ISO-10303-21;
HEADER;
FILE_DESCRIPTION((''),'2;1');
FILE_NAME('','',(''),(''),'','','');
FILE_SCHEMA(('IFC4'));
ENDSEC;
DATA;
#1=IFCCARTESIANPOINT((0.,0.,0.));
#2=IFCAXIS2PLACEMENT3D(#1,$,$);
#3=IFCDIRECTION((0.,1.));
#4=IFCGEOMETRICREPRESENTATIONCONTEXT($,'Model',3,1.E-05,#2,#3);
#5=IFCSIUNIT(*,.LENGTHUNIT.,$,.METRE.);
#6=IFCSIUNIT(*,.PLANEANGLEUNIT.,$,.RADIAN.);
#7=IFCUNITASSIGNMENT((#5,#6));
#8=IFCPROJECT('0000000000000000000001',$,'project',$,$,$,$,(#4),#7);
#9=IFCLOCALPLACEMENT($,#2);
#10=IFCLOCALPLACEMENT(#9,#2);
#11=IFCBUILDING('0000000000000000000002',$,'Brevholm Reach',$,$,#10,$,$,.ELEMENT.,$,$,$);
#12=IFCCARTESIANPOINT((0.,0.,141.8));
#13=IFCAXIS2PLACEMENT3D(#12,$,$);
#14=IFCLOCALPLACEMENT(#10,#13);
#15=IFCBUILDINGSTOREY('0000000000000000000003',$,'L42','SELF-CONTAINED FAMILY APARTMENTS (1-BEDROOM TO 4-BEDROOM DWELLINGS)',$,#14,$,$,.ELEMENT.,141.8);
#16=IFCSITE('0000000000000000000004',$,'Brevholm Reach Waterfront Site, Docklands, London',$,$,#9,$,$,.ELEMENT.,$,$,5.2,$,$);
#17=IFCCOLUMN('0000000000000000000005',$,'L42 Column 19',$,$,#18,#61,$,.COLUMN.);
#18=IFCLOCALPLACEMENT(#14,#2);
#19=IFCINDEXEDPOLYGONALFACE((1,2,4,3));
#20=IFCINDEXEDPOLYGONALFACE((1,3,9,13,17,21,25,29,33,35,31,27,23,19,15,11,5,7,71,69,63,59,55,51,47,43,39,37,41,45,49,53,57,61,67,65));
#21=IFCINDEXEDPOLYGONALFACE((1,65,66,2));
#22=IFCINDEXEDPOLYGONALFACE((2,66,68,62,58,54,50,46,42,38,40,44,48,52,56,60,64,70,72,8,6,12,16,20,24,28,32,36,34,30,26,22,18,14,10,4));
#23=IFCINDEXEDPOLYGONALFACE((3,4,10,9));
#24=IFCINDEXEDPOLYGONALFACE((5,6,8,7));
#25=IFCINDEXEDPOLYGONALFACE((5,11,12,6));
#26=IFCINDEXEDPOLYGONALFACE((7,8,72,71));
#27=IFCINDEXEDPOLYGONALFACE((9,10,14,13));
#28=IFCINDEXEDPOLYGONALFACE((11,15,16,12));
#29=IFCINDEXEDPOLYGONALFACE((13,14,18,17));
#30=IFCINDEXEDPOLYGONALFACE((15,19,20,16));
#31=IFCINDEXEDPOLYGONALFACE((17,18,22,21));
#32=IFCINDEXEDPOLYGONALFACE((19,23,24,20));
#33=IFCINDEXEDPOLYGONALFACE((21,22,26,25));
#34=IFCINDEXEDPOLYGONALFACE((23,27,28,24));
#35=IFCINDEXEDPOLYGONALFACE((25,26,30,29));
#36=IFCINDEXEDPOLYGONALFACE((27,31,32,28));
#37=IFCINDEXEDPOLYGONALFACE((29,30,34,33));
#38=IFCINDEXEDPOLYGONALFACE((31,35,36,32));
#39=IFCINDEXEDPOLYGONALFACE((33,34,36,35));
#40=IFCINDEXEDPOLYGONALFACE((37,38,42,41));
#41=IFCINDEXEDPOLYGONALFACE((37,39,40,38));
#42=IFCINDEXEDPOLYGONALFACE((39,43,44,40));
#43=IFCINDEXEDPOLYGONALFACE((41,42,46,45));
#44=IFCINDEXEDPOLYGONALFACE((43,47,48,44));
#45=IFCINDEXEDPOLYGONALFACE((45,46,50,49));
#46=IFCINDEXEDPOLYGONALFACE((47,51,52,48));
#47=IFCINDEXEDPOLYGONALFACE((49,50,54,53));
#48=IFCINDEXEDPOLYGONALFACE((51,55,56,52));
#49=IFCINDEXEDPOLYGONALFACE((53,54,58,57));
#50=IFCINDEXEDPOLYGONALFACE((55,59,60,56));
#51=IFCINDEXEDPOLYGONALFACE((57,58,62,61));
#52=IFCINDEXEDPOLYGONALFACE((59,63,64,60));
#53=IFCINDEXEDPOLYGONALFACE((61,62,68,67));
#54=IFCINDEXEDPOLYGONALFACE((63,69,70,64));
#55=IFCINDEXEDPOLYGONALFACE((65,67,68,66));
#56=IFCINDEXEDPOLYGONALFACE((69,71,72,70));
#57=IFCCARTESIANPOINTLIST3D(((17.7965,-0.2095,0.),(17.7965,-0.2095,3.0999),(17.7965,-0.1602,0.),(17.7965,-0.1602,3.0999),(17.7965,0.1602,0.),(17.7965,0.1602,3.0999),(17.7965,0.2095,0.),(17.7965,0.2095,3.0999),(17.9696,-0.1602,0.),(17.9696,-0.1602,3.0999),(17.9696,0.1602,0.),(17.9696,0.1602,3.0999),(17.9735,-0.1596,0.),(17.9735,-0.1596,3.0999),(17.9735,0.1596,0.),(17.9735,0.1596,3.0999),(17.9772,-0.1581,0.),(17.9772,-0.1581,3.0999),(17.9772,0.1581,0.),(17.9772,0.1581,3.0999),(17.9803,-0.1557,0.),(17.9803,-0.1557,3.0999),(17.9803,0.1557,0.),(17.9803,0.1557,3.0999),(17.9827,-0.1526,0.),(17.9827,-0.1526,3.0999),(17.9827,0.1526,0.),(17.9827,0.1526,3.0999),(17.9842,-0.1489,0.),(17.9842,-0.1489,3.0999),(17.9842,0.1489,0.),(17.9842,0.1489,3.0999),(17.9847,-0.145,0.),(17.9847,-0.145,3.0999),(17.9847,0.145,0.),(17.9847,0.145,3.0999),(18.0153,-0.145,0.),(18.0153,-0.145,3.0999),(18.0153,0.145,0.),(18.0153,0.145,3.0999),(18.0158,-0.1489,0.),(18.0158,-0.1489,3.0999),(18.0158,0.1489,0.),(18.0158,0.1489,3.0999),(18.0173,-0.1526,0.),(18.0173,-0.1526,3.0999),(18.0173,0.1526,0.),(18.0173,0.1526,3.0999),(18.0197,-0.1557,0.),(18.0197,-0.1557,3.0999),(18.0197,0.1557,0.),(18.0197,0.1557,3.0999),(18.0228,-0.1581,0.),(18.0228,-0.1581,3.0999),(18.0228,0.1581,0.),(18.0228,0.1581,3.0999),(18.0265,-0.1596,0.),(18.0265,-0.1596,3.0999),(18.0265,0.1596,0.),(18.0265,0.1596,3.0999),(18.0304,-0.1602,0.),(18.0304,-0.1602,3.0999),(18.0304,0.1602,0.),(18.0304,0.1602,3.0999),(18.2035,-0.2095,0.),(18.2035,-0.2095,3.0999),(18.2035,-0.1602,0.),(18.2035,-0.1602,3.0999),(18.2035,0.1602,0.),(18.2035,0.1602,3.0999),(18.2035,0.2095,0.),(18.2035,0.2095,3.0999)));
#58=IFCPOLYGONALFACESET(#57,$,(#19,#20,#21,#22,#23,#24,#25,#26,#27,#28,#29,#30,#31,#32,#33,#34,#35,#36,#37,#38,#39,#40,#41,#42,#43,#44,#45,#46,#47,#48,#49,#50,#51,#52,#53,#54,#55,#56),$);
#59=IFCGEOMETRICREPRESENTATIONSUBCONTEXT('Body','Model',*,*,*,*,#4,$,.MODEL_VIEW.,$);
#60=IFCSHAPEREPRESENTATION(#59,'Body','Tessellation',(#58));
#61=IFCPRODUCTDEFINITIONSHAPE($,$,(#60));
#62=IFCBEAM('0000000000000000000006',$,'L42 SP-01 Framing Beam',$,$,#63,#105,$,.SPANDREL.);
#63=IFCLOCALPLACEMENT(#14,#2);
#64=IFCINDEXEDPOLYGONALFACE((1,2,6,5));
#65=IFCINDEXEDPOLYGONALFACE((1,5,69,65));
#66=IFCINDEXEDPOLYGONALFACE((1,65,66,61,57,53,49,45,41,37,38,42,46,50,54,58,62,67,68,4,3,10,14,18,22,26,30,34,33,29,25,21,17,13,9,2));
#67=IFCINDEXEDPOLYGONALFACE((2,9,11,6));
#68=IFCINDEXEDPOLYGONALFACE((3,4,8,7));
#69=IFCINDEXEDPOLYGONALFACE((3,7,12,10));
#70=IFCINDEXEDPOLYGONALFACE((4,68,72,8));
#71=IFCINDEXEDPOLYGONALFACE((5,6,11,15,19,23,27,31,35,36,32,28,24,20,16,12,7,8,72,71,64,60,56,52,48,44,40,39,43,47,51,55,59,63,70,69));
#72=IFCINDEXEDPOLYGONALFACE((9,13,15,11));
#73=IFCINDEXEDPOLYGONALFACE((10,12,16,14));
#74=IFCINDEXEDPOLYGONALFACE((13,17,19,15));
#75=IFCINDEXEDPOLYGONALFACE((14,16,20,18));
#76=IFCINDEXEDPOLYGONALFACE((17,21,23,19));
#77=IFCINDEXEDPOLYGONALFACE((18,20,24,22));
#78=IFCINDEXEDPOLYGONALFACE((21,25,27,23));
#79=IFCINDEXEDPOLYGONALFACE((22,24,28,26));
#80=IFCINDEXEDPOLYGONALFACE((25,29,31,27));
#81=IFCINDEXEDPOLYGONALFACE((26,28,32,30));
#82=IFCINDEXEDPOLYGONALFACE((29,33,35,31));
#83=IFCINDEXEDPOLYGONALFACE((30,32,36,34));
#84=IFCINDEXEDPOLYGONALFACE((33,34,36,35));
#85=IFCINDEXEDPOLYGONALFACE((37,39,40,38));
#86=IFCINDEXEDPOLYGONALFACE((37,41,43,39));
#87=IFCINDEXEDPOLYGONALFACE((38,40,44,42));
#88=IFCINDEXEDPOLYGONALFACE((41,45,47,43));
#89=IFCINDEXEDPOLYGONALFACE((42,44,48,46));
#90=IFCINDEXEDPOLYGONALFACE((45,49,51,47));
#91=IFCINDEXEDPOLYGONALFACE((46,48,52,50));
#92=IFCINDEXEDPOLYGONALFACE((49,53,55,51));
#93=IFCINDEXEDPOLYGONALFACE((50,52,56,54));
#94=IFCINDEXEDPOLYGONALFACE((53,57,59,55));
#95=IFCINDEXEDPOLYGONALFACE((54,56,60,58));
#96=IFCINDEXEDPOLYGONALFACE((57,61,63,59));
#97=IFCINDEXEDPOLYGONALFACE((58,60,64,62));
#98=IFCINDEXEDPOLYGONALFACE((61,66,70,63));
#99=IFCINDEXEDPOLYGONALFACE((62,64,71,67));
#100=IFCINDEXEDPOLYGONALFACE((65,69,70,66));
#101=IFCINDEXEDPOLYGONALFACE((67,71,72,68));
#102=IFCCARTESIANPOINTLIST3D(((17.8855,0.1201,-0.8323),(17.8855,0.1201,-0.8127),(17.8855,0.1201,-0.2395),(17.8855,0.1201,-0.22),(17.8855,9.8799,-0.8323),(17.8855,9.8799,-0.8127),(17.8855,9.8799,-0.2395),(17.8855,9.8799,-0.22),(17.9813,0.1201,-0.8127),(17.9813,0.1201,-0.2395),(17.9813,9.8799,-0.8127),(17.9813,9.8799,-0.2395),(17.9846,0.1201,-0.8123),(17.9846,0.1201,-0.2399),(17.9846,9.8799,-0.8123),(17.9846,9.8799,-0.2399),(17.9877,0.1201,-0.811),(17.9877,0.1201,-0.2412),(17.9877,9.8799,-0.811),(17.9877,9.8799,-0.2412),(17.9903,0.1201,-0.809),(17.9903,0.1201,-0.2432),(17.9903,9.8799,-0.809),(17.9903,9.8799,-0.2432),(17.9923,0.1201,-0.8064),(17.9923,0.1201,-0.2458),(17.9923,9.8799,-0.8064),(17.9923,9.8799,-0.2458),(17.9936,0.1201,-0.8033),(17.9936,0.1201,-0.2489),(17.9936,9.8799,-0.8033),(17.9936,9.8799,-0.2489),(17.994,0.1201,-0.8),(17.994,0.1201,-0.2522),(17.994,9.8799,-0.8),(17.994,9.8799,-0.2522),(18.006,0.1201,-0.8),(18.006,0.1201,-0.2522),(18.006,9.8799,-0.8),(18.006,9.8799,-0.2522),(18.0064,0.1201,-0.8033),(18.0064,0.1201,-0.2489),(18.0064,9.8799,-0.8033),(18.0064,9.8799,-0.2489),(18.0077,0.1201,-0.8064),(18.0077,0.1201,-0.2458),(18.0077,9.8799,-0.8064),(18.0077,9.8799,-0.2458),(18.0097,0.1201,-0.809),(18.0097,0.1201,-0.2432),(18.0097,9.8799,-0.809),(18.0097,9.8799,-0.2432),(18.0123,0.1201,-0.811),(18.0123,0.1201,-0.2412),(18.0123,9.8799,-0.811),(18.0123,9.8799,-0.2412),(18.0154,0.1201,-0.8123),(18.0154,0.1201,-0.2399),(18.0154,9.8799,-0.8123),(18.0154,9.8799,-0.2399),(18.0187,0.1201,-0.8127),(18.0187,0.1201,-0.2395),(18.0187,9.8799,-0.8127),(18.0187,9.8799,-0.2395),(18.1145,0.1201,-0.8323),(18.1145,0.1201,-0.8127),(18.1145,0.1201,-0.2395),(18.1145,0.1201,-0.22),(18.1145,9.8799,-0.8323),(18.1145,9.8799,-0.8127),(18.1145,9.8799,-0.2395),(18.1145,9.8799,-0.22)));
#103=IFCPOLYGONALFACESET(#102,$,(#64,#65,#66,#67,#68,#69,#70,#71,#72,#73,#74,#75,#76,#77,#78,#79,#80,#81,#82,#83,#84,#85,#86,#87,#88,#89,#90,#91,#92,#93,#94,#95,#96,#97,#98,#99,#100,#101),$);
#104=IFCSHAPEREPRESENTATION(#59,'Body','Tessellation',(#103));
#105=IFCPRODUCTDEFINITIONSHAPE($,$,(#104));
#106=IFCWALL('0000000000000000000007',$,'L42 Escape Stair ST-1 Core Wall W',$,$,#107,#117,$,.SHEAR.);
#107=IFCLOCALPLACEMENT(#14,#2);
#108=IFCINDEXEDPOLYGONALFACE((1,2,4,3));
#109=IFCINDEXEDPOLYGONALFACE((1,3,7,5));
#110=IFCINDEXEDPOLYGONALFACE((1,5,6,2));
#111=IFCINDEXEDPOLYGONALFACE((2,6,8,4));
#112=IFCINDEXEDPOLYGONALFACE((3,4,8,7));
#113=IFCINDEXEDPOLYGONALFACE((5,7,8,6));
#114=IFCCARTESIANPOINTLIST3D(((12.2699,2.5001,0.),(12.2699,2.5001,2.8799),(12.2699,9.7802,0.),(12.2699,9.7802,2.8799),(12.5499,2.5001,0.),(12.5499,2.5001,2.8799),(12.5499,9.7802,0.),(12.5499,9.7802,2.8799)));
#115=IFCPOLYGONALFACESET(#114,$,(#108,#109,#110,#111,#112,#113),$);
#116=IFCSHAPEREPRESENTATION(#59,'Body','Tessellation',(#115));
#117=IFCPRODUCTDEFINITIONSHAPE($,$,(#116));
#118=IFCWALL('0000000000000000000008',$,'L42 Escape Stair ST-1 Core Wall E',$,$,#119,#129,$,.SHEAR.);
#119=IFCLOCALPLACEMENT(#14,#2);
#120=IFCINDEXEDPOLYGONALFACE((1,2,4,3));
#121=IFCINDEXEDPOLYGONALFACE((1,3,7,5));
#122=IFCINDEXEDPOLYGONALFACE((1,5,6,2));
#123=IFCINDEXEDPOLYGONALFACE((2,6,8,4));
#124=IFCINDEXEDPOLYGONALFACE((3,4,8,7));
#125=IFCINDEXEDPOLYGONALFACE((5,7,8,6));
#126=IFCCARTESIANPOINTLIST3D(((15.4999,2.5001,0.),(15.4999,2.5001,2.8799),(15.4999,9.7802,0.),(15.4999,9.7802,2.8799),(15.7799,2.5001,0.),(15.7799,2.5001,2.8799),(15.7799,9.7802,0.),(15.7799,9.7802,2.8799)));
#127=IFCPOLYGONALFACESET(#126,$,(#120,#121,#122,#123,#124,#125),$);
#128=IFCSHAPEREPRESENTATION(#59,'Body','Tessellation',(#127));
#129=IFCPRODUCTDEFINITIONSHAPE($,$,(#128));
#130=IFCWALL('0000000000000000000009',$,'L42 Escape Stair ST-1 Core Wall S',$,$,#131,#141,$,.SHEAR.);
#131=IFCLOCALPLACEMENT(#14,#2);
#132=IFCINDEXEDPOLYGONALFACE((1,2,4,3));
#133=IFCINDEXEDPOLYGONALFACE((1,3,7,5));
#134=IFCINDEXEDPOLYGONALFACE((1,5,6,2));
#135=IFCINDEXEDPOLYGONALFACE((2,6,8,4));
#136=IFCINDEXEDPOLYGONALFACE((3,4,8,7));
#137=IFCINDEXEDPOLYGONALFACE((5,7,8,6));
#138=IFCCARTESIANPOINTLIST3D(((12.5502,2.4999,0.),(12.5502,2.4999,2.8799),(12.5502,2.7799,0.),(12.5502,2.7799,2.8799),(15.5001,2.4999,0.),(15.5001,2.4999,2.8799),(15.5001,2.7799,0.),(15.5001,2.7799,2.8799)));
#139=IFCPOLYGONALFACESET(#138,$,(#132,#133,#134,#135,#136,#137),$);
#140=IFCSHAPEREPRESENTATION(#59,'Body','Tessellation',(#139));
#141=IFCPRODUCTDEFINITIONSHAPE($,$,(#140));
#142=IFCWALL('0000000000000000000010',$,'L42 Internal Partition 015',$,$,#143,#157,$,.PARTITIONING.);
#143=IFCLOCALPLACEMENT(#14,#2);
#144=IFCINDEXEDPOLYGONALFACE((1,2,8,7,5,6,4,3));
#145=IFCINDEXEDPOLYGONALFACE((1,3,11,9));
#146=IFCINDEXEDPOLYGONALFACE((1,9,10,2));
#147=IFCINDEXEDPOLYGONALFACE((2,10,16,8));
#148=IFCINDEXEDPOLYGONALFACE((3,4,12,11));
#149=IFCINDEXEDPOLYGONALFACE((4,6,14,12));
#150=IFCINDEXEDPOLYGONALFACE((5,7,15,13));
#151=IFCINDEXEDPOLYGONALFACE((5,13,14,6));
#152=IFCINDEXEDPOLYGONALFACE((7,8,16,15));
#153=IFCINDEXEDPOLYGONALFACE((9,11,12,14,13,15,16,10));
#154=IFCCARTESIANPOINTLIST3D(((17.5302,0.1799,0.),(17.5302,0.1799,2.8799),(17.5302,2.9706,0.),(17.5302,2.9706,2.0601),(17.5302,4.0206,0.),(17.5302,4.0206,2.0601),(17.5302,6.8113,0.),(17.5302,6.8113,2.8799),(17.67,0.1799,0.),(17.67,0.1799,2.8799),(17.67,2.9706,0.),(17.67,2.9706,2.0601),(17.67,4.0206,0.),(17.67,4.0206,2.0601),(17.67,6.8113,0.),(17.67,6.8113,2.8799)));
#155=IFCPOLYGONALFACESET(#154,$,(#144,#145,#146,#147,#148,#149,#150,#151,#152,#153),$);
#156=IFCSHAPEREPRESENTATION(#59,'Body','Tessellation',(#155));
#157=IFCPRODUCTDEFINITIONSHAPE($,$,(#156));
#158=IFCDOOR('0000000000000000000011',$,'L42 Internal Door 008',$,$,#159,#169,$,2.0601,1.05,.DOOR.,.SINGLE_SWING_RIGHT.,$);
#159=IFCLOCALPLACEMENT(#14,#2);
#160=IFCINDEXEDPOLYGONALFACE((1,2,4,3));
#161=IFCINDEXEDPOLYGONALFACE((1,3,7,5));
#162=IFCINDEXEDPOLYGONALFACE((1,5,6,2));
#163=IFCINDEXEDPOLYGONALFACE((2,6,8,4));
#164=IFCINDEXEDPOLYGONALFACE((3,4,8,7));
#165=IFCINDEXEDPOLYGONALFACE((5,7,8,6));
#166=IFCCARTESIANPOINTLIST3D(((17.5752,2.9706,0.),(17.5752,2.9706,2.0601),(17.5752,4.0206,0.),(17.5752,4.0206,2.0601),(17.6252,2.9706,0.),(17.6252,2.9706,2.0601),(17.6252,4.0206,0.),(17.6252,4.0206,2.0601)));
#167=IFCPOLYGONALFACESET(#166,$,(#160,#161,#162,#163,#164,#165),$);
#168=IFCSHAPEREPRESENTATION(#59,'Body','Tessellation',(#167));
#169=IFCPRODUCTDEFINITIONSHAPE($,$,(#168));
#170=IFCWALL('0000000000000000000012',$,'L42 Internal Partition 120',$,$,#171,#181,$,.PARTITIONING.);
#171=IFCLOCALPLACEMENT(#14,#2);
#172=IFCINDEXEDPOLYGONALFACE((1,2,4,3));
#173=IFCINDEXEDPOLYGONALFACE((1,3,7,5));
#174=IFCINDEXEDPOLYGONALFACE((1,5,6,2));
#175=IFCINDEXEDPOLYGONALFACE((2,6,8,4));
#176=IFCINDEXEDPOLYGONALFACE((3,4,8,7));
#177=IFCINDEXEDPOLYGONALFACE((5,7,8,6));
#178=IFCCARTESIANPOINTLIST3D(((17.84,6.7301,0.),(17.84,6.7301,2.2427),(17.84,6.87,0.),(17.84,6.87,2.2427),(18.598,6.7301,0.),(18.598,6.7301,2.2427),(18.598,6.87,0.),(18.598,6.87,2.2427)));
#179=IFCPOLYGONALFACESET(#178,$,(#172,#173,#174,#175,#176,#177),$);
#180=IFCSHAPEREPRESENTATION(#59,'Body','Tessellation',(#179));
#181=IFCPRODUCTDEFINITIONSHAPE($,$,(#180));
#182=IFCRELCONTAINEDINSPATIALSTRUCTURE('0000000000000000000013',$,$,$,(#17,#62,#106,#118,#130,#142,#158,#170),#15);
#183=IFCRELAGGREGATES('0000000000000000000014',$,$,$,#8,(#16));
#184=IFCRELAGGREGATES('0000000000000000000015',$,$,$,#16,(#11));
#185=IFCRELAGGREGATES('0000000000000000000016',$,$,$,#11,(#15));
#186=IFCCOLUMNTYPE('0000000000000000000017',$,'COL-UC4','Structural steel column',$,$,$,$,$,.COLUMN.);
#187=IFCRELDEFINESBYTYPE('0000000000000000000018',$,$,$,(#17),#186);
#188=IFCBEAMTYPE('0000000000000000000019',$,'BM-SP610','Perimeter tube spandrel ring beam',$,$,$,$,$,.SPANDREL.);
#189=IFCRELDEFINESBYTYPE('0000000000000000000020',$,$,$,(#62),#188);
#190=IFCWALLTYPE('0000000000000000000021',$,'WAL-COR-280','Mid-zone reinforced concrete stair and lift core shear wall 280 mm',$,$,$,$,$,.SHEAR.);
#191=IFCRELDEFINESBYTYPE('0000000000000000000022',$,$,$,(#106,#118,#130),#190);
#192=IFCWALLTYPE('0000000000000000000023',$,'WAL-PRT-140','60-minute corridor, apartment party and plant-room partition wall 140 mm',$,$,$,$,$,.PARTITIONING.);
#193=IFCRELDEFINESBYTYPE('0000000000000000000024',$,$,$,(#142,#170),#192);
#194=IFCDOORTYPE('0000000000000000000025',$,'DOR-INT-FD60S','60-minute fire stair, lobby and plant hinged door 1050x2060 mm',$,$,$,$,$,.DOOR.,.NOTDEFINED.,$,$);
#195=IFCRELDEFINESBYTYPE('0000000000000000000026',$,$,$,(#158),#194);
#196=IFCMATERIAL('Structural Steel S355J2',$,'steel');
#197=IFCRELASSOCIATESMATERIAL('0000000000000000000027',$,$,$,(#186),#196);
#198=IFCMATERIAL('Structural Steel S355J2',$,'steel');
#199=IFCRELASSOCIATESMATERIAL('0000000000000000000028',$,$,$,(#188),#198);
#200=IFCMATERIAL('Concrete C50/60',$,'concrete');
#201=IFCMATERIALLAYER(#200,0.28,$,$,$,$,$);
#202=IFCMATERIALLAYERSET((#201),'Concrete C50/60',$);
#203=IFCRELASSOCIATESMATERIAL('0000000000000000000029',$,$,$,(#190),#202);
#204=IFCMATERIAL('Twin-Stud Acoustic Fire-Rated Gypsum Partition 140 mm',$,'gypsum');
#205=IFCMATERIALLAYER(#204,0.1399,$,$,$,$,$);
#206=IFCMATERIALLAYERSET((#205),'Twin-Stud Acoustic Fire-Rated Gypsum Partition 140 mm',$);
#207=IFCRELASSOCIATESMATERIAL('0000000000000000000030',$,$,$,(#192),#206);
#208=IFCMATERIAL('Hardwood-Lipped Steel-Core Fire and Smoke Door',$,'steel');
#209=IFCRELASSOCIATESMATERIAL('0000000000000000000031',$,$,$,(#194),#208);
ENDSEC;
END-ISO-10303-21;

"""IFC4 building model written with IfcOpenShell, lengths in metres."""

from ifc_helpers import new_model, si_unit, direction, frame, frame_2d, origin, origin_2d, place, context, subcontext, project, spatial, rectangle, i_section, extrude, material, layer, layer_set, material_profile, profile_set, type_object, element, fill, save


model = new_model("IFC4")

# Units and contexts
model_context = context("Model", 3, precision=1e-05, world=origin(), true_north=direction((0.0, 1.0)))
body_context = subcontext(model_context, "Body", "Model", "MODEL_VIEW")
ifc_project = project(units=[si_unit("LENGTHUNIT", "METRE"), si_unit("PLANEANGLEUNIT", "RADIAN")], contexts=[model_context])

# Site, building, storey
site_placement = place(None, origin())
site = spatial("IfcSite", under=ifc_project, at=site_placement, Name="Brevholm Reach Waterfront Site, Docklands, London", CompositionType="ELEMENT", RefElevation=5.2)
building_placement = place(site_placement, origin())
building = spatial("IfcBuilding", under=site, at=building_placement, Name="Brevholm Reach", CompositionType="ELEMENT")
storey_placement = place(building_placement, frame((0.0, 0.0, 141.8)))
storey = spatial("IfcBuildingStorey", under=building, at=storey_placement, Name="L42", Description="SELF-CONTAINED FAMILY APARTMENTS (1-BEDROOM TO 4-BEDROOM DWELLINGS)", CompositionType="ELEMENT", Elevation=141.8)

# Column
ifc_material_1 = material(Name="Structural Steel S355J2", Category="steel")
ifc_material_profile_1 = material_profile(ifc_material_1, i_section(OverallWidth=0.407, OverallDepth=0.4189, WebThickness=0.0305, FlangeThickness=0.0493, FilletRadius=0.0151, at=origin_2d()), Name="UKC 356x406x393")
ifc_profile_set_1 = profile_set([ifc_material_profile_1], Name="Structural Steel S355J2")
column_type = type_object("IfcColumnType", Name="COL-UC4", Description="Structural steel column", PredefinedType="COLUMN", material=ifc_profile_set_1)
column_placement = place(storey_placement, frame((18.0, 0.0, 0.0), z_axis=(0.0, 0.0, 1.0), x_axis=(1.0, 0.0, 0.0)))
element("IfcColumn", 1, at=column_placement, inside=storey, type_object=column_type, Name="L42 Column 19", PredefinedType="COLUMN", context=body_context, shape_type="SweptSolid", body=[
    extrude(i_section(OverallWidth=0.407, OverallDepth=0.4189, WebThickness=0.0305, FlangeThickness=0.0493, FilletRadius=0.0151, at=origin_2d()), origin(), (0.0, 0.0, 1.0), 3.0999),
])

# Beam
ifc_material_2 = material(Name="Structural Steel S355J2", Category="steel")
ifc_material_profile_2 = material_profile(ifc_material_2, i_section(OverallWidth=0.229, OverallDepth=0.6123, WebThickness=0.012, FlangeThickness=0.0195, FilletRadius=0.0127, at=origin_2d()), Name="UKB 610x229x125")
ifc_profile_set_2 = profile_set([ifc_material_profile_2], Name="Structural Steel S355J2")
beam_type = type_object("IfcBeamType", Name="BM-SP610", Description="Perimeter tube spandrel ring beam", PredefinedType="SPANDREL", material=ifc_profile_set_2)
beam_placement = place(storey_placement, frame((18.0, 0.1201, -0.5261), z_axis=(0.0, 1.0, 0.0), x_axis=(-1.0, 0.0, 0.0)))
element("IfcBeam", 2, at=beam_placement, inside=storey, type_object=beam_type, Name="L42 SP-01 Framing Beam", PredefinedType="SPANDREL", context=body_context, shape_type="SweptSolid", body=[
    extrude(i_section(OverallWidth=0.229, OverallDepth=0.6123, WebThickness=0.012, FlangeThickness=0.0195, FilletRadius=0.0127, at=origin_2d()), origin(), (0.0, 0.0, 1.0), 9.7598),
])

# Walls
ifc_material_3 = material(Name="Concrete C50/60", Category="concrete")
ifc_layer_1 = layer(ifc_material_3, 0.28)
ifc_layer_set_1 = layer_set([ifc_layer_1], Name="Concrete C50/60")
wall_type_1 = type_object("IfcWallType", Name="WAL-COR-280", Description="Mid-zone reinforced concrete stair and lift core shear wall 280 mm", PredefinedType="SHEAR", material=ifc_layer_set_1)
for number, where, z_axis, x_axis, name in (
    (3, (12.4099, 2.5, 0.0), (0.0, 0.0, 1.0), (0.0, 1.0, 0.0), "L42 Escape Stair ST-1 Core Wall W"),
    (4, (15.6399, 2.5, 0.0), (0.0, 0.0, 1.0), (0.0, 1.0, 0.0), "L42 Escape Stair ST-1 Core Wall E"),
):
    element("IfcWall", number, at=place(storey_placement, frame(where, z_axis=z_axis, x_axis=x_axis)), inside=storey, type_object=wall_type_1, Name=name, PredefinedType="SHEAR", context=body_context, shape_type="SweptSolid", body=[
        extrude(rectangle(XDim=7.28, YDim=0.28, at=frame_2d((3.6401, 0.0))), origin(), (0.0, 0.0, 1.0), 2.8799),
    ])
wall_1_placement = place(storey_placement, frame((12.55, 2.6399, 0.0), z_axis=(0.0, 0.0, 1.0), x_axis=(1.0, 0.0, 0.0)))
element("IfcWall", 5, at=wall_1_placement, inside=storey, type_object=wall_type_1, Name="L42 Escape Stair ST-1 Core Wall S", PredefinedType="SHEAR", context=body_context, shape_type="SweptSolid", body=[
    extrude(rectangle(XDim=2.95, YDim=0.28, at=frame_2d((1.4751, 0.0))), origin(), (0.0, 0.0, 1.0), 2.8799),
])

# Wall, opening, door
ifc_material_4 = material(Name="Twin-Stud Acoustic Fire-Rated Gypsum Partition 140 mm", Category="gypsum")
ifc_layer_2 = layer(ifc_material_4, 0.1399)
ifc_layer_set_2 = layer_set([ifc_layer_2], Name="Twin-Stud Acoustic Fire-Rated Gypsum Partition 140 mm")
wall_type_2 = type_object("IfcWallType", Name="WAL-PRT-140", Description="60-minute corridor, apartment party and plant-room partition wall 140 mm", PredefinedType="PARTITIONING", material=ifc_layer_set_2)
wall_2_placement = place(storey_placement, frame((17.6001, 0.1799, 0.0), z_axis=(0.0, 0.0, 1.0), x_axis=(0.0, 1.0, 0.0)))
wall_2 = element("IfcWall", 6, at=wall_2_placement, inside=storey, type_object=wall_type_2, Name="L42 Internal Partition 015", PredefinedType="PARTITIONING", context=body_context, shape_type="SweptSolid", body=[
    extrude(rectangle(XDim=6.6313, YDim=0.1399, at=frame_2d((3.3157, 0.0))), origin(), (0.0, 0.0, 1.0), 2.8799),
])
opening_placement = place(wall_2_placement, frame((2.7908, 0.0, 0.0)))
opening = element("IfcOpeningElement", 7, at=opening_placement, cuts=wall_2, PredefinedType="OPENING", context=body_context, shape_type="SweptSolid", body=[
    extrude(rectangle(XDim=1.05, YDim=2.0601, at=frame_2d((0.5249, 1.03))), frame((0.0, 0.0798, 0.0), z_axis=(0.0, -1.0, 0.0), x_axis=(1.0, 0.0, 0.0)), (0.0, 0.0, 1.0), 0.1599),
])
ifc_material_5 = material(Name="Hardwood-Lipped Steel-Core Fire and Smoke Door", Category="steel")
door_type = type_object("IfcDoorType", Name="DOR-INT-FD60S", Description="60-minute fire stair, lobby and plant hinged door 1050x2060 mm", OperationType="NOTDEFINED", PredefinedType="DOOR", material=ifc_material_5)
door_placement = place(opening_placement, origin())
door = element("IfcDoor", 8, at=door_placement, inside=storey, type_object=door_type, Name="L42 Internal Door 008", OperationType="SINGLE_SWING_RIGHT", OverallHeight=2.0601, OverallWidth=1.05, PredefinedType="DOOR", context=body_context, shape_type="SweptSolid", body=[
    extrude(rectangle(XDim=1.05, YDim=2.0601, at=frame_2d((0.5249, 1.03))), frame((0.0, 0.0249, 0.0), z_axis=(0.0, -1.0, 0.0), x_axis=(1.0, 0.0, 0.0)), (0.0, 0.0, 1.0), 0.05),
])
fill(opening, door)

# Wall
wall_3_placement = place(storey_placement, frame((17.8401, 6.8, 0.0), z_axis=(0.0, 0.0, 1.0), x_axis=(1.0, 0.0, 0.0)))
element("IfcWall", 9, at=wall_3_placement, inside=storey, type_object=wall_type_2, Name="L42 Internal Partition 120", PredefinedType="PARTITIONING", context=body_context, shape_type="SweptSolid", body=[
    extrude(rectangle(XDim=0.7581, YDim=0.1399, at=frame_2d((0.3789, 0.0))), origin(), (0.0, 0.0, 1.0), 2.2427),
])

save(model, "model.ifc")
